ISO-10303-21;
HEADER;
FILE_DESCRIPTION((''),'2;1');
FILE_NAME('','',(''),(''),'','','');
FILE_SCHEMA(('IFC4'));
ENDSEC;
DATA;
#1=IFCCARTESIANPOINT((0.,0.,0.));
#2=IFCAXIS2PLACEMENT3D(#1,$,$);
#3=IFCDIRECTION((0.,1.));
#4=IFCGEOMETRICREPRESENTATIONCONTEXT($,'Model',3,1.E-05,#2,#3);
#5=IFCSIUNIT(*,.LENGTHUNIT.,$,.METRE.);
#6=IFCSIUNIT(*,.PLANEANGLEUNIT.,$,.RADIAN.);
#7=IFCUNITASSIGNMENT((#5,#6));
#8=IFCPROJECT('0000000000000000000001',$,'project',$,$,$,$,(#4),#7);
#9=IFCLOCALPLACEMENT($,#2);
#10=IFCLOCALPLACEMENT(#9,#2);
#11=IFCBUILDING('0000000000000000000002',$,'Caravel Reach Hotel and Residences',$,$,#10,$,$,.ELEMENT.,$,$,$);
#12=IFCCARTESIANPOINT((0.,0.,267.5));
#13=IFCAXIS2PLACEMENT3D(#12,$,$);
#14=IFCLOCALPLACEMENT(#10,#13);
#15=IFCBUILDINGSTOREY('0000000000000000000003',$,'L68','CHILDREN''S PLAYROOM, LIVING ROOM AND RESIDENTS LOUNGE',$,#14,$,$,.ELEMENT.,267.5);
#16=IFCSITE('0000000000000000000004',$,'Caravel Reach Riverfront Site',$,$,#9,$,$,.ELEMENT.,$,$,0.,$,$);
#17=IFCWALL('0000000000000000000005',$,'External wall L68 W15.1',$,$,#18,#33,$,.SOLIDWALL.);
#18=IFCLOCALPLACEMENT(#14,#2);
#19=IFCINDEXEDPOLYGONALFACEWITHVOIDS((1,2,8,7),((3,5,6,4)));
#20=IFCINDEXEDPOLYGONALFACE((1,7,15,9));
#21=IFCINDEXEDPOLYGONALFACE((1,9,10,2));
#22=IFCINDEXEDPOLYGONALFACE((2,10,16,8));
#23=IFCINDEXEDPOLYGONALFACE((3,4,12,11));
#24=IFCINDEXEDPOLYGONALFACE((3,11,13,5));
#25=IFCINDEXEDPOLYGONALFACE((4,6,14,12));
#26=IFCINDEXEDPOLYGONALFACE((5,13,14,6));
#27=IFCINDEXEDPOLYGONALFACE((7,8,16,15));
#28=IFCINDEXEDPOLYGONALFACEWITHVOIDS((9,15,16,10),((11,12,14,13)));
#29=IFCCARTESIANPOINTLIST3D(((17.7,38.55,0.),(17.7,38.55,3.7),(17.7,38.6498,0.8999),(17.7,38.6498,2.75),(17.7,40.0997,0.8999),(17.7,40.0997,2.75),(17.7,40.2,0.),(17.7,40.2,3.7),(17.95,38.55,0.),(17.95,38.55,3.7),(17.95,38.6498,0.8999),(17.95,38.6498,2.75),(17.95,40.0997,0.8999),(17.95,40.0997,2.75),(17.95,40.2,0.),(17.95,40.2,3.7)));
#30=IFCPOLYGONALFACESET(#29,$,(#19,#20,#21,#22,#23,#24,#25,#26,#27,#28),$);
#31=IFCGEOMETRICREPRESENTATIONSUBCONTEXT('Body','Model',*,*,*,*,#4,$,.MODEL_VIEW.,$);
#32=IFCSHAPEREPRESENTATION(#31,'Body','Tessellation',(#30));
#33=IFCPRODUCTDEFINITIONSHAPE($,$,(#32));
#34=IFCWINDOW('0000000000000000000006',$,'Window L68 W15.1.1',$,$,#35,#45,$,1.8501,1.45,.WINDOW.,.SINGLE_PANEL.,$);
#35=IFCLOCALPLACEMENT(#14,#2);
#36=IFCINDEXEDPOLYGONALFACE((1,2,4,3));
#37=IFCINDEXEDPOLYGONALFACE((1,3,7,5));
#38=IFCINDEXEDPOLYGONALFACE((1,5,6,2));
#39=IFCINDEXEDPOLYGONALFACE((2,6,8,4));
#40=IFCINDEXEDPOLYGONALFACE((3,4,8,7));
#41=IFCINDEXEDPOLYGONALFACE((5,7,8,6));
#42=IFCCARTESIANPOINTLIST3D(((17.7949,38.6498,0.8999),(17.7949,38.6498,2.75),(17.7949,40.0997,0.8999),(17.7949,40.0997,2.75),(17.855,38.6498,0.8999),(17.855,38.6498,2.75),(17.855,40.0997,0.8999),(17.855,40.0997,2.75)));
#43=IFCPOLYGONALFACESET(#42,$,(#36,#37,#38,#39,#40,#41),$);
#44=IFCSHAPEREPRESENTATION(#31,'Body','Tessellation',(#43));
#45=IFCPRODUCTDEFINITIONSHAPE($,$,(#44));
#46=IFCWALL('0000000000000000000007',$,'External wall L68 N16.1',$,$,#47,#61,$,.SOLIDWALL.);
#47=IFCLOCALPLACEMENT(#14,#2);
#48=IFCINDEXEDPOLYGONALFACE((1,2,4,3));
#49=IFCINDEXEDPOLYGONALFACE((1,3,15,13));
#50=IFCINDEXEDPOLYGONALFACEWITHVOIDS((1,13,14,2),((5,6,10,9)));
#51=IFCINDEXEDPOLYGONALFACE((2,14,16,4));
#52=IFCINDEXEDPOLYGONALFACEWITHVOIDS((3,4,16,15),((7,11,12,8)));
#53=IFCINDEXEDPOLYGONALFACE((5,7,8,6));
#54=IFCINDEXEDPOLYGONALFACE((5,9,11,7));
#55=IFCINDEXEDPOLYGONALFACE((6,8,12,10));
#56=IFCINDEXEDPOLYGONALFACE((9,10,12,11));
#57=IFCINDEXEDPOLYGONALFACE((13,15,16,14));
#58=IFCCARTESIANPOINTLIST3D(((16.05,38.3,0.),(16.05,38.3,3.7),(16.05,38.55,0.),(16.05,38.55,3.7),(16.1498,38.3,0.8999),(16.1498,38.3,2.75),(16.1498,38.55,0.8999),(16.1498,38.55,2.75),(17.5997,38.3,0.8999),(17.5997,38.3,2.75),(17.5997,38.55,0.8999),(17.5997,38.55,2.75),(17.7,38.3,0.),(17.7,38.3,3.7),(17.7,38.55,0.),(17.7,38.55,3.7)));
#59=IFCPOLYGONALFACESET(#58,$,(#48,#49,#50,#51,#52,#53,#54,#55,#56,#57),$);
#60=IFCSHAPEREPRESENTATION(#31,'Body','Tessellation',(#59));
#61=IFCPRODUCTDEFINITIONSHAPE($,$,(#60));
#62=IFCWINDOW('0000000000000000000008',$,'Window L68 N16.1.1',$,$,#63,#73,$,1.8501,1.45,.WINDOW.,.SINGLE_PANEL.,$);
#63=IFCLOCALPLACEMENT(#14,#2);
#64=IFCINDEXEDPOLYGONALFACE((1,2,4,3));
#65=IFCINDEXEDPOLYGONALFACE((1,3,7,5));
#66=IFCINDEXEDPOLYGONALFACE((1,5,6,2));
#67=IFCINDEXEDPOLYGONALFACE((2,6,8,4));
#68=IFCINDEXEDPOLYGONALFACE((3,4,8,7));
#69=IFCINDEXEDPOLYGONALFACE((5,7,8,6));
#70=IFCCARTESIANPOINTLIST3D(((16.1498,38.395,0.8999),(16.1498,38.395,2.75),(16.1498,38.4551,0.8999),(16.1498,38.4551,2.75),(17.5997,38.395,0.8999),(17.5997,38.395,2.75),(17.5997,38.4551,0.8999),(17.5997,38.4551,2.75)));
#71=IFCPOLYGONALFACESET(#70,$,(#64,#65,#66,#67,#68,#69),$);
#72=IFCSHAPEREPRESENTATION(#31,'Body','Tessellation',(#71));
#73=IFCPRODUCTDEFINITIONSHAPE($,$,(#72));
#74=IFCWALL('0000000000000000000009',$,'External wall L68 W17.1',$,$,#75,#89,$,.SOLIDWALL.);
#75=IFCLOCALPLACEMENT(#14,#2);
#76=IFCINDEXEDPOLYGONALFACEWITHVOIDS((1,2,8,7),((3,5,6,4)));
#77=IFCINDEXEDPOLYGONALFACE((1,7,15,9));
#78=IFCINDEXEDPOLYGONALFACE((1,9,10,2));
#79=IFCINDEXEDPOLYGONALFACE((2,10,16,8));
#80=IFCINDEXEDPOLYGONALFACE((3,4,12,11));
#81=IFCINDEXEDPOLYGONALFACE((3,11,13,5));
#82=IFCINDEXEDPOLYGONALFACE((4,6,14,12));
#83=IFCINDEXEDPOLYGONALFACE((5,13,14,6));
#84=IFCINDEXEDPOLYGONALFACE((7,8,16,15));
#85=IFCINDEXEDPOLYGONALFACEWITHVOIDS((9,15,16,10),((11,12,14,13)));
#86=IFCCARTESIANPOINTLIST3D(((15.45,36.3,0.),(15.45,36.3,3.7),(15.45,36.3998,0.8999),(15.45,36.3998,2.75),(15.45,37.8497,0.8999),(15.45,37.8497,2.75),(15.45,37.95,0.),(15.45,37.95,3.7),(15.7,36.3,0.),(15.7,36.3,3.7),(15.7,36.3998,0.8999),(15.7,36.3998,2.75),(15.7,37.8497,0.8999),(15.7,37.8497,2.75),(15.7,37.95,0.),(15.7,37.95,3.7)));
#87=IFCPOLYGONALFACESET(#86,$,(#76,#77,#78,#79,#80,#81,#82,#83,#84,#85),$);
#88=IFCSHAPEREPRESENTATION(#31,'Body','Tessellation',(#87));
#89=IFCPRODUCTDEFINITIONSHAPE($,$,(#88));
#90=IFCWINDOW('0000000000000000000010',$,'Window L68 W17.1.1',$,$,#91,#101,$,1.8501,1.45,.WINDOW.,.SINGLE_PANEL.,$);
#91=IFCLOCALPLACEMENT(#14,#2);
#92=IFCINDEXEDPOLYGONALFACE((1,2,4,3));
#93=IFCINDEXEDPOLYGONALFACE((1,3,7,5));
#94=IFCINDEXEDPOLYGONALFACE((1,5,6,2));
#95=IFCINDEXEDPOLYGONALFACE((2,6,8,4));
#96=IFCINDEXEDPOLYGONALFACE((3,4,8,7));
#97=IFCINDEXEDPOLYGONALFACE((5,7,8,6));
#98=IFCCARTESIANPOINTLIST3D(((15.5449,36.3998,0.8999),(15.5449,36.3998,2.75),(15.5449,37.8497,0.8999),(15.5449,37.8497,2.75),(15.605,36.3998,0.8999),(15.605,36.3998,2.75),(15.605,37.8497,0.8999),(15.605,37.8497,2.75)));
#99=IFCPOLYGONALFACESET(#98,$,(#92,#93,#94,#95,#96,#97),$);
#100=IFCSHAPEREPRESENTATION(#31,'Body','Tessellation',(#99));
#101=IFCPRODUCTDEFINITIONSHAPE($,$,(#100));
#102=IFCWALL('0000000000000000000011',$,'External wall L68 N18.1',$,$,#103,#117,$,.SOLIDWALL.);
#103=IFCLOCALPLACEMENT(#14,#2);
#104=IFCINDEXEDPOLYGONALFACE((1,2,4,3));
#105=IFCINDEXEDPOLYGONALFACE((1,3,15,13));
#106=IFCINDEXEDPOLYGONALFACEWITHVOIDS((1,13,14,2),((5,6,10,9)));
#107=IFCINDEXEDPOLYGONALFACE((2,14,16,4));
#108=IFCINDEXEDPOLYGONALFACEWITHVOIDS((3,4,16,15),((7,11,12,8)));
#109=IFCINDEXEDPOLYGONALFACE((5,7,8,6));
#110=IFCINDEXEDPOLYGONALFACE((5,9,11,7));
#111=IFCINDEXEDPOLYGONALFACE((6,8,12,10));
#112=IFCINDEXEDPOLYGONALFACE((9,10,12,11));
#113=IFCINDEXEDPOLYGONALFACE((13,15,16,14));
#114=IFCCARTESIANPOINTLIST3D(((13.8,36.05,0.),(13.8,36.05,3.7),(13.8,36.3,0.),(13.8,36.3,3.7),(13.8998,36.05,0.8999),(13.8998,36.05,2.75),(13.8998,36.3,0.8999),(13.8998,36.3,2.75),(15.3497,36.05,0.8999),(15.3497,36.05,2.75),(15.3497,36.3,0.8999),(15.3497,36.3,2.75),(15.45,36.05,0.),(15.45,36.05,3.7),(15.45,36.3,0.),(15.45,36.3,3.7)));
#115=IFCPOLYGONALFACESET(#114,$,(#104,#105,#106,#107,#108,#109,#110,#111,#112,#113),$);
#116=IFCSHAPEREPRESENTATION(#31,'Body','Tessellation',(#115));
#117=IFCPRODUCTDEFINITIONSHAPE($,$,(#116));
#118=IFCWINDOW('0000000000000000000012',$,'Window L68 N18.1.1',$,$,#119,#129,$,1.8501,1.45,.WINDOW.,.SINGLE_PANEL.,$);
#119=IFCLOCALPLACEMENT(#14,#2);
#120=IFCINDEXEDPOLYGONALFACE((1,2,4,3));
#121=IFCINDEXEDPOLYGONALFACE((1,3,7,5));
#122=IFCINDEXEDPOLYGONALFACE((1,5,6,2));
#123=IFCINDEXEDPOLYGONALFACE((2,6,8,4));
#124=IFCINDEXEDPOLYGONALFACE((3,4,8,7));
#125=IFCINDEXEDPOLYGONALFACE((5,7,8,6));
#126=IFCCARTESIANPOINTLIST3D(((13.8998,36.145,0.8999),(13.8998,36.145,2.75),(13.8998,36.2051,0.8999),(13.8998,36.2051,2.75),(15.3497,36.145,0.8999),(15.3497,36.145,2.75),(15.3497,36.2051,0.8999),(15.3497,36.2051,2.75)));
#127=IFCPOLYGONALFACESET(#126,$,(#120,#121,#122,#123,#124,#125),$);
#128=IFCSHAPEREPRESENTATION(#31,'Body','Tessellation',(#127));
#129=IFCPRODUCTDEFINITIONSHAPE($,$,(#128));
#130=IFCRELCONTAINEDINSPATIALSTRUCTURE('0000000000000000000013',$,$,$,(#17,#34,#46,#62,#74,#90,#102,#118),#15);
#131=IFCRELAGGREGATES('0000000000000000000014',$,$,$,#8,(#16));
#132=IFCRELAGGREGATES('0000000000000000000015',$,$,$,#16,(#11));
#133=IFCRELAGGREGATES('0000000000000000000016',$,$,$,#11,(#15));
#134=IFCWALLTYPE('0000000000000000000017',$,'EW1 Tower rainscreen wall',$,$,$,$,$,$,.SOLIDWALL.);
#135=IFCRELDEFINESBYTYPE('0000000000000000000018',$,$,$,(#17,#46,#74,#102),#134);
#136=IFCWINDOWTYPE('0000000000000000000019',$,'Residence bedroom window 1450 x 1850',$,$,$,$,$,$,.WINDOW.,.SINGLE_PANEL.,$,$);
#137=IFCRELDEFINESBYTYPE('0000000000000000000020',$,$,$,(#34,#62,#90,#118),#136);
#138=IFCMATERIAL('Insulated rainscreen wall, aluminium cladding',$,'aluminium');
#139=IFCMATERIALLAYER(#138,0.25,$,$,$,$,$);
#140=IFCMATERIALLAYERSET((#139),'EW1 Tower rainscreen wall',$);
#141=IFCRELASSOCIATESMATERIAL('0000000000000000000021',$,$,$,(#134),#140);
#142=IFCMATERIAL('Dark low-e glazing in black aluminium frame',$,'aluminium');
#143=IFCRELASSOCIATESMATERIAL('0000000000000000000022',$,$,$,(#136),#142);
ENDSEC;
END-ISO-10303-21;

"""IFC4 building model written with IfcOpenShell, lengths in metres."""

from ifc_helpers import new_model, si_unit, direction, frame, frame_2d, origin, place, context, subcontext, project, spatial, rectangle, extrude, material, layer, layer_set, type_object, element, fill, save


model = new_model("IFC4")

# Units and contexts
model_context = context("Model", 3, precision=1e-05, world=origin(), true_north=direction((0.0, 1.0)))
body_context = subcontext(model_context, "Body", "Model", "MODEL_VIEW")
ifc_project = project(units=[si_unit("LENGTHUNIT", "METRE"), si_unit("PLANEANGLEUNIT", "RADIAN")], contexts=[model_context])

# Site, building, storey
site_placement = place(None, origin())
site = spatial("IfcSite", under=ifc_project, at=site_placement, Name="Caravel Reach Riverfront Site", CompositionType="ELEMENT", RefElevation=0.0)
building_placement = place(site_placement, origin())
building = spatial("IfcBuilding", under=site, at=building_placement, Name="Caravel Reach Hotel and Residences", CompositionType="ELEMENT")
storey_placement = place(building_placement, frame((0.0, 0.0, 267.5)))
storey = spatial("IfcBuildingStorey", under=building, at=storey_placement, Name="L68", Description="CHILDREN'S PLAYROOM, LIVING ROOM AND RESIDENTS LOUNGE", CompositionType="ELEMENT", Elevation=267.5)

# Walls, openings, windows
ifc_material_1 = material(Name="Insulated rainscreen wall, aluminium cladding", Category="aluminium")
ifc_layer_1 = layer(ifc_material_1, 0.25)
ifc_layer_set_1 = layer_set([ifc_layer_1], Name="EW1 Tower rainscreen wall")
wall_type_1 = type_object("IfcWallType", Name="EW1 Tower rainscreen wall", PredefinedType="SOLIDWALL", material=ifc_layer_set_1)
wall_1_placement = place(storey_placement, frame((17.825, 40.2, 0.0), z_axis=(0.0, 0.0, 1.0), x_axis=(0.0, -1.0, 0.0)))
wall_1 = element("IfcWall", 1, at=wall_1_placement, inside=storey, type_object=wall_type_1, Name="External wall L68 W15.1", PredefinedType="SOLIDWALL", context=body_context, shape_type="SweptSolid", body=[
    extrude(rectangle(XDim=1.6499, YDim=0.25, at=frame_2d((0.825, 0.0))), origin(), (0.0, 0.0, 1.0), 3.7),
])
opening_1_placement = place(wall_1_placement, frame((0.1001, 0.0, 0.8999)))
opening_1 = element("IfcOpeningElement", 2, at=opening_1_placement, cuts=wall_1, PredefinedType="OPENING", context=body_context, shape_type="SweptSolid", body=[
    extrude(rectangle(XDim=1.45, YDim=1.8501, at=frame_2d((0.7251, 0.925))), frame((0.0, 0.135, 0.0), z_axis=(0.0, -1.0, 0.0), x_axis=(1.0, 0.0, 0.0)), (0.0, 0.0, 1.0), 0.27),
])
ifc_material_2 = material(Name="Dark low-e glazing in black aluminium frame", Category="aluminium")
window_type_1 = type_object("IfcWindowType", Name="Residence bedroom window 1450 x 1850", PartitioningType="SINGLE_PANEL", PredefinedType="WINDOW", material=ifc_material_2)
window_1_placement = place(opening_1_placement, origin())
window_1 = element("IfcWindow", 3, at=window_1_placement, inside=storey, type_object=window_type_1, Name="Window L68 W15.1.1", OverallHeight=1.8501, OverallWidth=1.45, PartitioningType="SINGLE_PANEL", PredefinedType="WINDOW", context=body_context, shape_type="SweptSolid", body=[
    extrude(rectangle(XDim=1.45, YDim=1.8501, at=frame_2d((0.7251, 0.925))), frame((0.0, 0.03, 0.0), z_axis=(0.0, -1.0, 0.0), x_axis=(1.0, 0.0, 0.0)), (0.0, 0.0, 1.0), 0.0601),
])
fill(opening_1, window_1)
wall_2_placement = place(storey_placement, frame((17.7, 38.425, 0.0), z_axis=(0.0, 0.0, 1.0), x_axis=(-1.0, 0.0, 0.0)))
wall_2 = element("IfcWall", 4, at=wall_2_placement, inside=storey, type_object=wall_type_1, Name="External wall L68 N16.1", PredefinedType="SOLIDWALL", context=body_context, shape_type="SweptSolid", body=[
    extrude(rectangle(XDim=1.6499, YDim=0.25, at=frame_2d((0.825, 0.0))), origin(), (0.0, 0.0, 1.0), 3.7),
])
opening_2_placement = place(wall_2_placement, frame((0.1001, 0.0, 0.8999)))
opening_2 = element("IfcOpeningElement", 5, at=opening_2_placement, cuts=wall_2, PredefinedType="OPENING", context=body_context, shape_type="SweptSolid", body=[
    extrude(rectangle(XDim=1.45, YDim=1.8501, at=frame_2d((0.7251, 0.925))), frame((0.0, 0.135, 0.0), z_axis=(0.0, -1.0, 0.0), x_axis=(1.0, 0.0, 0.0)), (0.0, 0.0, 1.0), 0.27),
])
window_2_placement = place(opening_2_placement, origin())
window_2 = element("IfcWindow", 6, at=window_2_placement, inside=storey, type_object=window_type_1, Name="Window L68 N16.1.1", OverallHeight=1.8501, OverallWidth=1.45, PartitioningType="SINGLE_PANEL", PredefinedType="WINDOW", context=body_context, shape_type="SweptSolid", body=[
    extrude(rectangle(XDim=1.45, YDim=1.8501, at=frame_2d((0.7251, 0.925))), frame((0.0, 0.03, 0.0), z_axis=(0.0, -1.0, 0.0), x_axis=(1.0, 0.0, 0.0)), (0.0, 0.0, 1.0), 0.0601),
])
fill(opening_2, window_2)
wall_3_placement = place(storey_placement, frame((15.575, 37.95, 0.0), z_axis=(0.0, 0.0, 1.0), x_axis=(0.0, -1.0, 0.0)))
wall_3 = element("IfcWall", 7, at=wall_3_placement, inside=storey, type_object=wall_type_1, Name="External wall L68 W17.1", PredefinedType="SOLIDWALL", context=body_context, shape_type="SweptSolid", body=[
    extrude(rectangle(XDim=1.6499, YDim=0.25, at=frame_2d((0.825, 0.0))), origin(), (0.0, 0.0, 1.0), 3.7),
])
opening_3_placement = place(wall_3_placement, frame((0.1001, 0.0, 0.8999)))
opening_3 = element("IfcOpeningElement", 8, at=opening_3_placement, cuts=wall_3, PredefinedType="OPENING", context=body_context, shape_type="SweptSolid", body=[
    extrude(rectangle(XDim=1.45, YDim=1.8501, at=frame_2d((0.7251, 0.925))), frame((0.0, 0.135, 0.0), z_axis=(0.0, -1.0, 0.0), x_axis=(1.0, 0.0, 0.0)), (0.0, 0.0, 1.0), 0.27),
])
window_3_placement = place(opening_3_placement, origin())
window_3 = element("IfcWindow", 9, at=window_3_placement, inside=storey, type_object=window_type_1, Name="Window L68 W17.1.1", OverallHeight=1.8501, OverallWidth=1.45, PartitioningType="SINGLE_PANEL", PredefinedType="WINDOW", context=body_context, shape_type="SweptSolid", body=[
    extrude(rectangle(XDim=1.45, YDim=1.8501, at=frame_2d((0.7251, 0.925))), frame((0.0, 0.03, 0.0), z_axis=(0.0, -1.0, 0.0), x_axis=(1.0, 0.0, 0.0)), (0.0, 0.0, 1.0), 0.0601),
])
fill(opening_3, window_3)
wall_4_placement = place(storey_placement, frame((15.45, 36.175, 0.0), z_axis=(0.0, 0.0, 1.0), x_axis=(-1.0, 0.0, 0.0)))
wall_4 = element("IfcWall", 10, at=wall_4_placement, inside=storey, type_object=wall_type_1, Name="External wall L68 N18.1", PredefinedType="SOLIDWALL", context=body_context, shape_type="SweptSolid", body=[
    extrude(rectangle(XDim=1.6499, YDim=0.25, at=frame_2d((0.825, 0.0))), origin(), (0.0, 0.0, 1.0), 3.7),
])
opening_4_placement = place(wall_4_placement, frame((0.1001, 0.0, 0.8999)))
opening_4 = element("IfcOpeningElement", 11, at=opening_4_placement, cuts=wall_4, PredefinedType="OPENING", context=body_context, shape_type="SweptSolid", body=[
    extrude(rectangle(XDim=1.45, YDim=1.8501, at=frame_2d((0.7251, 0.925))), frame((0.0, 0.135, 0.0), z_axis=(0.0, -1.0, 0.0), x_axis=(1.0, 0.0, 0.0)), (0.0, 0.0, 1.0), 0.27),
])
window_4_placement = place(opening_4_placement, origin())
window_4 = element("IfcWindow", 12, at=window_4_placement, inside=storey, type_object=window_type_1, Name="Window L68 N18.1.1", OverallHeight=1.8501, OverallWidth=1.45, PartitioningType="SINGLE_PANEL", PredefinedType="WINDOW", context=body_context, shape_type="SweptSolid", body=[
    extrude(rectangle(XDim=1.45, YDim=1.8501, at=frame_2d((0.7251, 0.925))), frame((0.0, 0.03, 0.0), z_axis=(0.0, -1.0, 0.0), x_axis=(1.0, 0.0, 0.0)), (0.0, 0.0, 1.0), 0.0601),
])
fill(opening_4, window_4)

save(model, "model.ifc")
